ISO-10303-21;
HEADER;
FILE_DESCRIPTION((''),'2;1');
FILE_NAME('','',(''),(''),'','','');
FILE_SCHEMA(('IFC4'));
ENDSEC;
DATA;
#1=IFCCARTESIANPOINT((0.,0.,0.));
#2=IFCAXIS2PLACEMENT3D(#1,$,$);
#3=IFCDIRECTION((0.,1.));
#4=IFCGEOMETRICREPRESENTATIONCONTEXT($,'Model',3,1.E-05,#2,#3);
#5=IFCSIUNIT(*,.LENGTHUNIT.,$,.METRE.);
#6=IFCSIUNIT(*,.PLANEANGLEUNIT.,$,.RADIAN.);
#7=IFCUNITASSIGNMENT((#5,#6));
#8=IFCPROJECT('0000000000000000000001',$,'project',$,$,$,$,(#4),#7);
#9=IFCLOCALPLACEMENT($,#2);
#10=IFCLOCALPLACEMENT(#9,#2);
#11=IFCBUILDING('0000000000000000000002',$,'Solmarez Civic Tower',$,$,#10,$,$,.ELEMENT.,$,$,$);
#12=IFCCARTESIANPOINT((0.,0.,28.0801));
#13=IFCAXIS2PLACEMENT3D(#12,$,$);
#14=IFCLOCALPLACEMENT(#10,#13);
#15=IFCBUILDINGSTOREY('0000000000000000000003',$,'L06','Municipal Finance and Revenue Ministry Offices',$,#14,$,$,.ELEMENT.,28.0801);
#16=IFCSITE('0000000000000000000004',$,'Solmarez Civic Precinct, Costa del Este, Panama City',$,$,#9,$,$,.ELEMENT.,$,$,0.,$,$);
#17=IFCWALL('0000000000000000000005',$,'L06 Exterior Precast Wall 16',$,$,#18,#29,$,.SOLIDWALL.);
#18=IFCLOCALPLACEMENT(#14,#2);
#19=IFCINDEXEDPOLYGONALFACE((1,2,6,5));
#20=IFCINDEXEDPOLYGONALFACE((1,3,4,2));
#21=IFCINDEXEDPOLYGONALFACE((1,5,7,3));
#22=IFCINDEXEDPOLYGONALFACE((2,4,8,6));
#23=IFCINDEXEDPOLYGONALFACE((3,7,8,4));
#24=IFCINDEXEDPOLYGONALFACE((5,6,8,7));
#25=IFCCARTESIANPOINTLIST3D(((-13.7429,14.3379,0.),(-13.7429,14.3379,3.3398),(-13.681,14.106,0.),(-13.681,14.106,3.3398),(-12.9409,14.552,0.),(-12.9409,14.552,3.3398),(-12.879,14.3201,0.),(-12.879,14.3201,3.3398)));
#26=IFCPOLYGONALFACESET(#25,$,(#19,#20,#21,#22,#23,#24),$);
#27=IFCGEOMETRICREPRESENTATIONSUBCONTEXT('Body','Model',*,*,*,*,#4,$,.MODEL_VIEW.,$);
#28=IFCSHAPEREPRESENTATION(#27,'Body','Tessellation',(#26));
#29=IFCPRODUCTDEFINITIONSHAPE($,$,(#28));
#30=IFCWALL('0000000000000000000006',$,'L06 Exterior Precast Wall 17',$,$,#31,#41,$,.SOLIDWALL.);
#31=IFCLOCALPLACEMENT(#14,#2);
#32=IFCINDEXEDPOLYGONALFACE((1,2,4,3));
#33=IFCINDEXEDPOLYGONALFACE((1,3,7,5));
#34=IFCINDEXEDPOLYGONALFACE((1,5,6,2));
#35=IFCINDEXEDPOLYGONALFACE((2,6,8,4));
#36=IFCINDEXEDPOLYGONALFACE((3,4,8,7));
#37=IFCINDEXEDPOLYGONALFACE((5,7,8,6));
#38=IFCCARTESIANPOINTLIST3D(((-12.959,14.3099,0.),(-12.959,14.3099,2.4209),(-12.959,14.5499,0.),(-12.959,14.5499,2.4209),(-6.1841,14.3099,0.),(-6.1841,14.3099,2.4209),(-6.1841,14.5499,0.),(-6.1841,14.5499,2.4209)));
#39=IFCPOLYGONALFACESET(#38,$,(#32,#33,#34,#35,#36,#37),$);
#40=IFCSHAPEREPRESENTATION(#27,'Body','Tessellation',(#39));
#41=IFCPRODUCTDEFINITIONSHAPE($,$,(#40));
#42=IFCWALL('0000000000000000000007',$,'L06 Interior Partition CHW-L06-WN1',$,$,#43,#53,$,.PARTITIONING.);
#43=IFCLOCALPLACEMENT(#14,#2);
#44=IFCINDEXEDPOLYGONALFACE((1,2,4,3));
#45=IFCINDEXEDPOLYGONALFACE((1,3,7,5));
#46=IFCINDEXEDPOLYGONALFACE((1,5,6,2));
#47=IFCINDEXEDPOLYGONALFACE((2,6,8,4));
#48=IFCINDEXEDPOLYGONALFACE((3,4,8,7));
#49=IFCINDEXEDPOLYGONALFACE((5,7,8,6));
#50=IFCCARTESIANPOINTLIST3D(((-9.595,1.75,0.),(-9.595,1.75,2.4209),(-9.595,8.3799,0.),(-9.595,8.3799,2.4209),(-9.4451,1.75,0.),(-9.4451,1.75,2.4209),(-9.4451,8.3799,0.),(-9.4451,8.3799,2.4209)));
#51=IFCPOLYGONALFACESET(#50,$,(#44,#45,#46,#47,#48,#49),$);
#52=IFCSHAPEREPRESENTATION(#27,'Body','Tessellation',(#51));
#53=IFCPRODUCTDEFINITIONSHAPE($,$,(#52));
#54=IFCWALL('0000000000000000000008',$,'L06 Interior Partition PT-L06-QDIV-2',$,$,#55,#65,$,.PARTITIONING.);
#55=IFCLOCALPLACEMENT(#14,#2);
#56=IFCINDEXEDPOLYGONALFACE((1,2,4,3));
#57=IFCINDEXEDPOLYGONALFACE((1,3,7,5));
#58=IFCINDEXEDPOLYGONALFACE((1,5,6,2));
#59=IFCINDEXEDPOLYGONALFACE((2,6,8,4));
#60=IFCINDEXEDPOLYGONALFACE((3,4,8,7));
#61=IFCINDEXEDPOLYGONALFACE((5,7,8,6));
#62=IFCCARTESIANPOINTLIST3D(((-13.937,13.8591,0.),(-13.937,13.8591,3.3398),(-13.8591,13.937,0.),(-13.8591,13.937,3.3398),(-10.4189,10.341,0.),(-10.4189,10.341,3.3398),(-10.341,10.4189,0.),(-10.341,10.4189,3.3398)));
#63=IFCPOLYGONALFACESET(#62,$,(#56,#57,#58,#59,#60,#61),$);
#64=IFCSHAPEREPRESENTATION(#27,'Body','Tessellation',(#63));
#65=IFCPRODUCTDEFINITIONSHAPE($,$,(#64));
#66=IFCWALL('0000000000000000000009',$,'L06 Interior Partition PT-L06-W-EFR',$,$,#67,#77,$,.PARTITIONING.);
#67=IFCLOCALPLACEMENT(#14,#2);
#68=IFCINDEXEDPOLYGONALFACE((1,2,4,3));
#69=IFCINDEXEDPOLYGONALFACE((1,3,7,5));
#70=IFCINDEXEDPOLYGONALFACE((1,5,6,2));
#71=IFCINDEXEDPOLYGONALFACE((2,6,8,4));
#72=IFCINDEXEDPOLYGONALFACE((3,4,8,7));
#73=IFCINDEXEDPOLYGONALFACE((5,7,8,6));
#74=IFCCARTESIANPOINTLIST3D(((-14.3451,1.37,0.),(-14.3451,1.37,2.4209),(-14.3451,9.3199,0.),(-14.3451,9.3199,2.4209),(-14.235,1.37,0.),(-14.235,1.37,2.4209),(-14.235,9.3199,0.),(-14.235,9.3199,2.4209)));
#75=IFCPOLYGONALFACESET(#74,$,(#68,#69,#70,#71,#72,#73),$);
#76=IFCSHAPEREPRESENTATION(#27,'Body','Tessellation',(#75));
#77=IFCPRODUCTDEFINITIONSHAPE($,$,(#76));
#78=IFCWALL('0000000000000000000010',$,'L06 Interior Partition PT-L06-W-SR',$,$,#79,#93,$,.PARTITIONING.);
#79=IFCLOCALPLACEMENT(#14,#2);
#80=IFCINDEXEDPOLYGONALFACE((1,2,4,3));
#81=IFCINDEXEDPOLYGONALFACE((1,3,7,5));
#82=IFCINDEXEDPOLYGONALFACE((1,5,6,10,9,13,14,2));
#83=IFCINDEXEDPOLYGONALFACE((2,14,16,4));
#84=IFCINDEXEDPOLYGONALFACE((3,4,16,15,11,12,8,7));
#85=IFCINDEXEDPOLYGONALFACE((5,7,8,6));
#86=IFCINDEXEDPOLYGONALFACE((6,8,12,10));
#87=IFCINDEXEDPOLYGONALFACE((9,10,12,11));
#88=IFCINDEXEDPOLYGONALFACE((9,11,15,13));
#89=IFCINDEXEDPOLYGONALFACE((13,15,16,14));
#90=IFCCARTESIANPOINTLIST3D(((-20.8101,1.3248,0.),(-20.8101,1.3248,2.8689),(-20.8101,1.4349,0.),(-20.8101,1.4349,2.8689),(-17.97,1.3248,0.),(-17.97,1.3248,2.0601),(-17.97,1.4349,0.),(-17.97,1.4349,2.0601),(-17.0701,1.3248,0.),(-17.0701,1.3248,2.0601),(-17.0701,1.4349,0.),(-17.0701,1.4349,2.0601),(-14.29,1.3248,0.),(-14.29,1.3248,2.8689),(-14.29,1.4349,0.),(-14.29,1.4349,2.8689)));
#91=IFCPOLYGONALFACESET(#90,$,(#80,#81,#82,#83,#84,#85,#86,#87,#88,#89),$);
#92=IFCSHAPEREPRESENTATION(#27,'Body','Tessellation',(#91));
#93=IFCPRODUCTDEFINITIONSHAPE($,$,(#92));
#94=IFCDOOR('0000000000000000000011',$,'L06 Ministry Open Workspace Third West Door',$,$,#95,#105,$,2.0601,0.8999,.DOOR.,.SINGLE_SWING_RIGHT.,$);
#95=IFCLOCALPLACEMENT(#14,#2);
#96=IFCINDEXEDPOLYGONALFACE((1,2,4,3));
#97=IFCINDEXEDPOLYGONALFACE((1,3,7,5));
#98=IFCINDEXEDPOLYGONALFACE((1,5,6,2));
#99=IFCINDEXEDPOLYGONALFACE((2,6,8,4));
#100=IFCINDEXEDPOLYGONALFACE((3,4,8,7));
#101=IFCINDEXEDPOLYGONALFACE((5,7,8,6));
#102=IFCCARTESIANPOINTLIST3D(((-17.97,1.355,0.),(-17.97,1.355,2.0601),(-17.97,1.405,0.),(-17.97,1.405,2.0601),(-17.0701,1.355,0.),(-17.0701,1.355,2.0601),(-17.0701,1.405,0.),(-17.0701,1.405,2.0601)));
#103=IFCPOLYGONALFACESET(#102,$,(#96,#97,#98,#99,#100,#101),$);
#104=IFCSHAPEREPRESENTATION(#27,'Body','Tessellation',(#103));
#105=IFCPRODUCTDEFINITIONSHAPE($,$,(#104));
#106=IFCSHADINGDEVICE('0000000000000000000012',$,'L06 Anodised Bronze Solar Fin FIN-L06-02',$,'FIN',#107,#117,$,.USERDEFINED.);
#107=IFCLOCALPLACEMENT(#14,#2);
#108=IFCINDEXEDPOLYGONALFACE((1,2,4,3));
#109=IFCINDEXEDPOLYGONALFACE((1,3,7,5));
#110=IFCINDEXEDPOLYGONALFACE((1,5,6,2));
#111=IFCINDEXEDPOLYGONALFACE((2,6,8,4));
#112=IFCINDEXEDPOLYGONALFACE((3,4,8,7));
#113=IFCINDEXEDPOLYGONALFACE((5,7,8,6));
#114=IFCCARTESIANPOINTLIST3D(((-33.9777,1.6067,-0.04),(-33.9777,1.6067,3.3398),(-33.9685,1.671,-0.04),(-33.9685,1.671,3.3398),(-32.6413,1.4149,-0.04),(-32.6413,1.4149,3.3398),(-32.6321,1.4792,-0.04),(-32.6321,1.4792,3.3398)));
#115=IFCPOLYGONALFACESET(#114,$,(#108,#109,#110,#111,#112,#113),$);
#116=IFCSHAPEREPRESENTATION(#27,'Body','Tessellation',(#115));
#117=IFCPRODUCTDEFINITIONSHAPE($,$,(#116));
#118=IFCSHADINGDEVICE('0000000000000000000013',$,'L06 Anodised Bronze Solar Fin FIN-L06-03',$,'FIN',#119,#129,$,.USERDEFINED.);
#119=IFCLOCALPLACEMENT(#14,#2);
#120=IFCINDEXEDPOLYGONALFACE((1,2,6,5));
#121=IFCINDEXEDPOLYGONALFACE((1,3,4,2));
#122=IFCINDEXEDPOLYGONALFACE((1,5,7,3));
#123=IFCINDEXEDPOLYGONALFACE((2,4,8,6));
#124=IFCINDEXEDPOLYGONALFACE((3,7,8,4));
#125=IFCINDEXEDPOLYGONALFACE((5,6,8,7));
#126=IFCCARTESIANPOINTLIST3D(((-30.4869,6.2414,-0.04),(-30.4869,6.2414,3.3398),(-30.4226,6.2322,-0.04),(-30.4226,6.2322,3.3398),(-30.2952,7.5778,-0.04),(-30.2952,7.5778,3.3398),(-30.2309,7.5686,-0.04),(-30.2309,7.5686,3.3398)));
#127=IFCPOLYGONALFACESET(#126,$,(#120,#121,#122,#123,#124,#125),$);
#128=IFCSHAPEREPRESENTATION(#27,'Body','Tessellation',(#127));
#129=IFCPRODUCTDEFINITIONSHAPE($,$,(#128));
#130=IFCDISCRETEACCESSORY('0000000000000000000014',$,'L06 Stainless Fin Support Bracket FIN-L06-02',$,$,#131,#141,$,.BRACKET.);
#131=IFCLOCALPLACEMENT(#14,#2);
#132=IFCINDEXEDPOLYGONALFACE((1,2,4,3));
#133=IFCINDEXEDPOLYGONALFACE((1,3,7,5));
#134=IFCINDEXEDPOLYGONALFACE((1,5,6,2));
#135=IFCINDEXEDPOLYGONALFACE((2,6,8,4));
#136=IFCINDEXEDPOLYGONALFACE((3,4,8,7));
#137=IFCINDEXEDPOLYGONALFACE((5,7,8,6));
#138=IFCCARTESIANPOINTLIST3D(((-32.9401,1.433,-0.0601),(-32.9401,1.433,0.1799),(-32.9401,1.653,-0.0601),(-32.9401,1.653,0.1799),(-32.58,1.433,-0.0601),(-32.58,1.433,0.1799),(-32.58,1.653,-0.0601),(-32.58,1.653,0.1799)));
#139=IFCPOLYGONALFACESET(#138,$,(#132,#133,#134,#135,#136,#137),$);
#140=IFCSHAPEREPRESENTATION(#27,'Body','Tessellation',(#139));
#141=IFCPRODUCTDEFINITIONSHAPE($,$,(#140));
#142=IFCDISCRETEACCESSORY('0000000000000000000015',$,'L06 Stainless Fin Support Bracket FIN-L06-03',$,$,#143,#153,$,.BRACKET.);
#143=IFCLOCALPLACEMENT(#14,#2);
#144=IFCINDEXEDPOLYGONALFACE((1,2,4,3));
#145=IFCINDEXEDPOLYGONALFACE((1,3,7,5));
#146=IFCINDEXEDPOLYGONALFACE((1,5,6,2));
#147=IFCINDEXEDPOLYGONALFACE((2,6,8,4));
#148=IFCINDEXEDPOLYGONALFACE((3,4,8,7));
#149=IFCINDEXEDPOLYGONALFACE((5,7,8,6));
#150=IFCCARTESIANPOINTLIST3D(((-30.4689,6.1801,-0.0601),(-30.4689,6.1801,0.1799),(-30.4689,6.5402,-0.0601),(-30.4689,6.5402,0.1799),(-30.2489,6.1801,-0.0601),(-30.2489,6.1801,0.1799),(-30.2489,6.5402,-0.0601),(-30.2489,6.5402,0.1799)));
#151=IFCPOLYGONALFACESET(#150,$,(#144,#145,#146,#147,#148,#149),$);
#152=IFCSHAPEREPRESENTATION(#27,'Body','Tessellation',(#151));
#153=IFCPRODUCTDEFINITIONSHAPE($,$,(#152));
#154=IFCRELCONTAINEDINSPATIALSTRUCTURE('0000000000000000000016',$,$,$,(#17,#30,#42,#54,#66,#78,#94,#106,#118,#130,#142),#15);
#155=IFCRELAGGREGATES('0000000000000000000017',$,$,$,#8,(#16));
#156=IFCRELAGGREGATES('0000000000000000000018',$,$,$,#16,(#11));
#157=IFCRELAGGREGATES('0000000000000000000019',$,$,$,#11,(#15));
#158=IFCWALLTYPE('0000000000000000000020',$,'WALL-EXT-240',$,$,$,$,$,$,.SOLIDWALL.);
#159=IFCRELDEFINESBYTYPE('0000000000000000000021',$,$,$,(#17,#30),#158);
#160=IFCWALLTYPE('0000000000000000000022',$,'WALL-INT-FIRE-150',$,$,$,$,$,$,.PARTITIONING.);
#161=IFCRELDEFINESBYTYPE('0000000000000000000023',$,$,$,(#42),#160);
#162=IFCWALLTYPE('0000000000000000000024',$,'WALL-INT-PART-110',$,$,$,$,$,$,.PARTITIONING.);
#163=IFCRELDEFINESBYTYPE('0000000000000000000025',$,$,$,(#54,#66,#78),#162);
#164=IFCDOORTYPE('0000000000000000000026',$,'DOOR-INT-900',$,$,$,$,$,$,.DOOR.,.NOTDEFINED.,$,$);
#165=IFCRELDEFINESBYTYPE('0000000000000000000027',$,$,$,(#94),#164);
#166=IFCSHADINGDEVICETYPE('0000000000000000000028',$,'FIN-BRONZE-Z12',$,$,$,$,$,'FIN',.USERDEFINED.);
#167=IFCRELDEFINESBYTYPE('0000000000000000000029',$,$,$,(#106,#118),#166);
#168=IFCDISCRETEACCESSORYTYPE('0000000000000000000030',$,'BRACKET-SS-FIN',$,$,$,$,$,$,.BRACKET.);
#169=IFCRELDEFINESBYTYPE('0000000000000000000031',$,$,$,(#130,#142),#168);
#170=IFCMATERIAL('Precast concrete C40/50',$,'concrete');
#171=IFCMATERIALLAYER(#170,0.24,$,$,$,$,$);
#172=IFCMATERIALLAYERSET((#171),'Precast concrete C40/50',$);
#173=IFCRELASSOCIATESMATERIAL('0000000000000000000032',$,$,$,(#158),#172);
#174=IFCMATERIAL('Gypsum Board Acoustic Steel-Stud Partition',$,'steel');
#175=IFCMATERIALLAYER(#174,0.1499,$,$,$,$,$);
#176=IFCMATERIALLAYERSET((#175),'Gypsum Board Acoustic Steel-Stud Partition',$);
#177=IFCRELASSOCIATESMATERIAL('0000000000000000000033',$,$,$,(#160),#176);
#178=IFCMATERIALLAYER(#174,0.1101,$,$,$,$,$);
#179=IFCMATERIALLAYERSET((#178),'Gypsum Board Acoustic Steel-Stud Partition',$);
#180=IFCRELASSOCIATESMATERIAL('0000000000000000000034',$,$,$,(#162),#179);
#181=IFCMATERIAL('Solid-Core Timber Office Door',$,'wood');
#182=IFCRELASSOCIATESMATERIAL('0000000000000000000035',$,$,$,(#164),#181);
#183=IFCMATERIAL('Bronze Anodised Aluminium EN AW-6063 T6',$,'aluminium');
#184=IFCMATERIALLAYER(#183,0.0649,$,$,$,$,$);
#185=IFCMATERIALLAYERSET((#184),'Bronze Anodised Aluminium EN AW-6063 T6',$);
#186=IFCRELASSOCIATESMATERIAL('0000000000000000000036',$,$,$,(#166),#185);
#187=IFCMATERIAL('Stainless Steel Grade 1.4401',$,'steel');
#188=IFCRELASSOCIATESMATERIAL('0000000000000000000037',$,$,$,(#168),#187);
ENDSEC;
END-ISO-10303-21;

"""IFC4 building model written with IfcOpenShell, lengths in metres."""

from ifc_helpers import new_model, si_unit, direction, frame, frame_2d, origin, origin_2d, place, context, subcontext, project, spatial, rectangle, extrude, material, layer, layer_set, type_object, element, fill, save


model = new_model("IFC4")

# Units and contexts
model_context = context("Model", 3, precision=1e-05, world=origin(), true_north=direction((0.0, 1.0)))
body_context = subcontext(model_context, "Body", "Model", "MODEL_VIEW")
ifc_project = project(units=[si_unit("LENGTHUNIT", "METRE"), si_unit("PLANEANGLEUNIT", "RADIAN")], contexts=[model_context])

# Site, building, storey
site_placement = place(None, origin())
site = spatial("IfcSite", under=ifc_project, at=site_placement, Name="Solmarez Civic Precinct, Costa del Este, Panama City", CompositionType="ELEMENT", RefElevation=0.0)
building_placement = place(site_placement, origin())
building = spatial("IfcBuilding", under=site, at=building_placement, Name="Solmarez Civic Tower", CompositionType="ELEMENT")
storey_placement = place(building_placement, frame((0.0, 0.0, 28.0801)))
storey = spatial("IfcBuildingStorey", under=building, at=storey_placement, Name="L06", Description="Municipal Finance and Revenue Ministry Offices", CompositionType="ELEMENT", Elevation=28.0801)

# Shared definitions
ifc_material_1 = material(Name="Precast concrete C40/50", Category="concrete")
ifc_layer_1 = layer(ifc_material_1, 0.24)
ifc_layer_set_1 = layer_set([ifc_layer_1], Name="Precast concrete C40/50")
wall_type_1 = type_object("IfcWallType", Name="WALL-EXT-240", PredefinedType="SOLIDWALL", material=ifc_layer_set_1)

# Walls
wall_1_placement = place(storey_placement, frame((-13.7119, 14.2219, 0.0), z_axis=(0.0, 0.0, 1.0), x_axis=(0.966162, 0.257937, 0.0)))
element("IfcWall", 1, at=wall_1_placement, inside=storey, type_object=wall_type_1, Name="L06 Exterior Precast Wall 16", PredefinedType="SOLIDWALL", context=body_context, shape_type="SweptSolid", body=[
    extrude(rectangle(XDim=0.8301, YDim=0.24, at=frame_2d((0.415, 0.0))), origin(), (0.0, 0.0, 1.0), 3.3398),
])
wall_2_placement = place(storey_placement, frame((-12.959, 14.4299, 0.0), z_axis=(0.0, 0.0, 1.0), x_axis=(1.0, 0.0, 0.0)))
element("IfcWall", 2, at=wall_2_placement, inside=storey, type_object=wall_type_1, Name="L06 Exterior Precast Wall 17", PredefinedType="SOLIDWALL", context=body_context, shape_type="SweptSolid", body=[
    extrude(rectangle(XDim=6.7749, YDim=0.24, at=frame_2d((3.3875, 0.0))), origin(), (0.0, 0.0, 1.0), 2.4209),
])
ifc_material_2 = material(Name="Gypsum Board Acoustic Steel-Stud Partition", Category="steel")
ifc_layer_2 = layer(ifc_material_2, 0.1499)
ifc_layer_set_2 = layer_set([ifc_layer_2], Name="Gypsum Board Acoustic Steel-Stud Partition")
wall_type_2 = type_object("IfcWallType", Name="WALL-INT-FIRE-150", PredefinedType="PARTITIONING", material=ifc_layer_set_2)
wall_3_placement = place(storey_placement, frame((-9.52, 1.75, 0.0), z_axis=(0.0, 0.0, 1.0), x_axis=(0.0, 1.0, 0.0)))
element("IfcWall", 3, at=wall_3_placement, inside=storey, type_object=wall_type_2, Name="L06 Interior Partition CHW-L06-WN1", PredefinedType="PARTITIONING", context=body_context, shape_type="SweptSolid", body=[
    extrude(rectangle(XDim=6.6299, YDim=0.1499, at=frame_2d((3.3149, 0.0))), origin(), (0.0, 0.0, 1.0), 2.4209),
])
ifc_layer_3 = layer(ifc_material_2, 0.1101)
ifc_layer_set_3 = layer_set([ifc_layer_3], Name="Gypsum Board Acoustic Steel-Stud Partition")
wall_type_3 = type_object("IfcWallType", Name="WALL-INT-PART-110", PredefinedType="PARTITIONING", material=ifc_layer_set_3)
wall_4_placement = place(storey_placement, frame((-10.3799, 10.3799, 0.0), z_axis=(0.0, 0.0, 1.0), x_axis=(-0.707107, 0.707107, 0.0)))
element("IfcWall", 4, at=wall_4_placement, inside=storey, type_object=wall_type_3, Name="L06 Interior Partition PT-L06-QDIV-2", PredefinedType="PARTITIONING", context=body_context, shape_type="SweptSolid", body=[
    extrude(rectangle(XDim=4.9753, YDim=0.1101, at=frame_2d((2.4878, 0.0))), origin(), (0.0, 0.0, 1.0), 3.3398),
])
wall_5_placement = place(storey_placement, frame((-14.29, 9.3201, 0.0), z_axis=(0.0, 0.0, 1.0), x_axis=(0.0, -1.0, 0.0)))
element("IfcWall", 5, at=wall_5_placement, inside=storey, type_object=wall_type_3, Name="L06 Interior Partition PT-L06-W-EFR", PredefinedType="PARTITIONING", context=body_context, shape_type="SweptSolid", body=[
    extrude(rectangle(XDim=7.95, YDim=0.1101, at=frame_2d((3.9751, 0.0))), origin(), (0.0, 0.0, 1.0), 2.4209),
])

# Wall, opening, door
wall_6_placement = place(storey_placement, frame((-14.29, 1.3799, 0.0), z_axis=(0.0, 0.0, 1.0), x_axis=(-1.0, 0.0, 0.0)))
wall_6 = element("IfcWall", 6, at=wall_6_placement, inside=storey, type_object=wall_type_3, Name="L06 Interior Partition PT-L06-W-SR", PredefinedType="PARTITIONING", context=body_context, shape_type="SweptSolid", body=[
    extrude(rectangle(XDim=6.52, YDim=0.1101, at=frame_2d((3.26, 0.0))), origin(), (0.0, 0.0, 1.0), 2.8689),
])
opening_1_placement = place(wall_6_placement, frame((2.78, 0.0, 0.0)))
opening_1 = element("IfcOpeningElement", 7, at=opening_1_placement, cuts=wall_6, PredefinedType="OPENING", context=body_context, shape_type="SweptSolid", body=[
    extrude(rectangle(XDim=0.8999, YDim=2.0601, at=frame_2d((0.45, 1.03))), frame((0.0, 0.0649, 0.0), z_axis=(0.0, -1.0, 0.0), x_axis=(1.0, 0.0, 0.0)), (0.0, 0.0, 1.0), 0.1301),
])
ifc_material_3 = material(Name="Solid-Core Timber Office Door", Category="wood")
door_type = type_object("IfcDoorType", Name="DOOR-INT-900", OperationType="NOTDEFINED", PredefinedType="DOOR", material=ifc_material_3)
door_placement = place(opening_1_placement, origin())
door = element("IfcDoor", 8, at=door_placement, inside=storey, type_object=door_type, Name="L06 Ministry Open Workspace Third West Door", OperationType="SINGLE_SWING_RIGHT", OverallHeight=2.0601, OverallWidth=0.8999, PredefinedType="DOOR", context=body_context, shape_type="SweptSolid", body=[
    extrude(rectangle(XDim=0.8999, YDim=2.0601, at=frame_2d((0.45, 1.03))), frame((0.0, 0.0249, 0.0), z_axis=(0.0, -1.0, 0.0), x_axis=(1.0, 0.0, 0.0)), (0.0, 0.0, 1.0), 0.05),
])
fill(opening_1, door)

# Shading devices
ifc_material_4 = material(Name="Bronze Anodised Aluminium EN AW-6063 T6", Category="aluminium")
ifc_layer_4 = layer(ifc_material_4, 0.0649)
ifc_layer_set_4 = layer_set([ifc_layer_4], Name="Bronze Anodised Aluminium EN AW-6063 T6")
shading_device_type = type_object("IfcShadingDeviceType", Name="FIN-BRONZE-Z12", ElementType="FIN", PredefinedType="USERDEFINED", material=ifc_layer_set_4)
for number, where, z_axis, x_axis, name in (
    (9, (-33.3049, 1.543, -0.04), (0.0, 0.0, 1.0), (-0.989861, 0.142042, 0.0), "L06 Anodised Bronze Solar Fin FIN-L06-02"),
    (10, (-30.3589, 6.905, -0.04), (0.0, 0.0, 1.0), (0.142024, 0.989863, 0.0), "L06 Anodised Bronze Solar Fin FIN-L06-03"),
):
    element("IfcShadingDevice", number, at=place(storey_placement, frame(where, z_axis=z_axis, x_axis=x_axis)), inside=storey, type_object=shading_device_type, Name=name, ObjectType="FIN", PredefinedType="USERDEFINED", context=body_context, shape_type="SweptSolid", body=[
        extrude(rectangle(XDim=1.3501, YDim=0.0649, at=origin_2d()), origin(), (0.0, 0.0, 1.0), 3.3799),
    ])

# Discrete accessories
ifc_material_5 = material(Name="Stainless Steel Grade 1.4401", Category="steel")
discrete_accessory_type = type_object("IfcDiscreteAccessoryType", Name="BRACKET-SS-FIN", PredefinedType="BRACKET", material=ifc_material_5)
for number, where, z_axis, x_axis, name in (
    (11, (-32.76, 1.543, -0.0601), (0.0, 0.0, 1.0), (-1.0, 0.0, 0.0), "L06 Stainless Fin Support Bracket FIN-L06-02"),
    (12, (-30.3589, 6.3601, -0.0601), (0.0, 0.0, 1.0), (0.0, 1.0, 0.0), "L06 Stainless Fin Support Bracket FIN-L06-03"),
):
    element("IfcDiscreteAccessory", number, at=place(storey_placement, frame(where, z_axis=z_axis, x_axis=x_axis)), inside=storey, type_object=discrete_accessory_type, Name=name, PredefinedType="BRACKET", context=body_context, shape_type="SweptSolid", body=[
        extrude(rectangle(XDim=0.3601, YDim=0.22, at=origin_2d()), origin(), (0.0, 0.0, 1.0), 0.24),
    ])

save(model, "model.ifc")
